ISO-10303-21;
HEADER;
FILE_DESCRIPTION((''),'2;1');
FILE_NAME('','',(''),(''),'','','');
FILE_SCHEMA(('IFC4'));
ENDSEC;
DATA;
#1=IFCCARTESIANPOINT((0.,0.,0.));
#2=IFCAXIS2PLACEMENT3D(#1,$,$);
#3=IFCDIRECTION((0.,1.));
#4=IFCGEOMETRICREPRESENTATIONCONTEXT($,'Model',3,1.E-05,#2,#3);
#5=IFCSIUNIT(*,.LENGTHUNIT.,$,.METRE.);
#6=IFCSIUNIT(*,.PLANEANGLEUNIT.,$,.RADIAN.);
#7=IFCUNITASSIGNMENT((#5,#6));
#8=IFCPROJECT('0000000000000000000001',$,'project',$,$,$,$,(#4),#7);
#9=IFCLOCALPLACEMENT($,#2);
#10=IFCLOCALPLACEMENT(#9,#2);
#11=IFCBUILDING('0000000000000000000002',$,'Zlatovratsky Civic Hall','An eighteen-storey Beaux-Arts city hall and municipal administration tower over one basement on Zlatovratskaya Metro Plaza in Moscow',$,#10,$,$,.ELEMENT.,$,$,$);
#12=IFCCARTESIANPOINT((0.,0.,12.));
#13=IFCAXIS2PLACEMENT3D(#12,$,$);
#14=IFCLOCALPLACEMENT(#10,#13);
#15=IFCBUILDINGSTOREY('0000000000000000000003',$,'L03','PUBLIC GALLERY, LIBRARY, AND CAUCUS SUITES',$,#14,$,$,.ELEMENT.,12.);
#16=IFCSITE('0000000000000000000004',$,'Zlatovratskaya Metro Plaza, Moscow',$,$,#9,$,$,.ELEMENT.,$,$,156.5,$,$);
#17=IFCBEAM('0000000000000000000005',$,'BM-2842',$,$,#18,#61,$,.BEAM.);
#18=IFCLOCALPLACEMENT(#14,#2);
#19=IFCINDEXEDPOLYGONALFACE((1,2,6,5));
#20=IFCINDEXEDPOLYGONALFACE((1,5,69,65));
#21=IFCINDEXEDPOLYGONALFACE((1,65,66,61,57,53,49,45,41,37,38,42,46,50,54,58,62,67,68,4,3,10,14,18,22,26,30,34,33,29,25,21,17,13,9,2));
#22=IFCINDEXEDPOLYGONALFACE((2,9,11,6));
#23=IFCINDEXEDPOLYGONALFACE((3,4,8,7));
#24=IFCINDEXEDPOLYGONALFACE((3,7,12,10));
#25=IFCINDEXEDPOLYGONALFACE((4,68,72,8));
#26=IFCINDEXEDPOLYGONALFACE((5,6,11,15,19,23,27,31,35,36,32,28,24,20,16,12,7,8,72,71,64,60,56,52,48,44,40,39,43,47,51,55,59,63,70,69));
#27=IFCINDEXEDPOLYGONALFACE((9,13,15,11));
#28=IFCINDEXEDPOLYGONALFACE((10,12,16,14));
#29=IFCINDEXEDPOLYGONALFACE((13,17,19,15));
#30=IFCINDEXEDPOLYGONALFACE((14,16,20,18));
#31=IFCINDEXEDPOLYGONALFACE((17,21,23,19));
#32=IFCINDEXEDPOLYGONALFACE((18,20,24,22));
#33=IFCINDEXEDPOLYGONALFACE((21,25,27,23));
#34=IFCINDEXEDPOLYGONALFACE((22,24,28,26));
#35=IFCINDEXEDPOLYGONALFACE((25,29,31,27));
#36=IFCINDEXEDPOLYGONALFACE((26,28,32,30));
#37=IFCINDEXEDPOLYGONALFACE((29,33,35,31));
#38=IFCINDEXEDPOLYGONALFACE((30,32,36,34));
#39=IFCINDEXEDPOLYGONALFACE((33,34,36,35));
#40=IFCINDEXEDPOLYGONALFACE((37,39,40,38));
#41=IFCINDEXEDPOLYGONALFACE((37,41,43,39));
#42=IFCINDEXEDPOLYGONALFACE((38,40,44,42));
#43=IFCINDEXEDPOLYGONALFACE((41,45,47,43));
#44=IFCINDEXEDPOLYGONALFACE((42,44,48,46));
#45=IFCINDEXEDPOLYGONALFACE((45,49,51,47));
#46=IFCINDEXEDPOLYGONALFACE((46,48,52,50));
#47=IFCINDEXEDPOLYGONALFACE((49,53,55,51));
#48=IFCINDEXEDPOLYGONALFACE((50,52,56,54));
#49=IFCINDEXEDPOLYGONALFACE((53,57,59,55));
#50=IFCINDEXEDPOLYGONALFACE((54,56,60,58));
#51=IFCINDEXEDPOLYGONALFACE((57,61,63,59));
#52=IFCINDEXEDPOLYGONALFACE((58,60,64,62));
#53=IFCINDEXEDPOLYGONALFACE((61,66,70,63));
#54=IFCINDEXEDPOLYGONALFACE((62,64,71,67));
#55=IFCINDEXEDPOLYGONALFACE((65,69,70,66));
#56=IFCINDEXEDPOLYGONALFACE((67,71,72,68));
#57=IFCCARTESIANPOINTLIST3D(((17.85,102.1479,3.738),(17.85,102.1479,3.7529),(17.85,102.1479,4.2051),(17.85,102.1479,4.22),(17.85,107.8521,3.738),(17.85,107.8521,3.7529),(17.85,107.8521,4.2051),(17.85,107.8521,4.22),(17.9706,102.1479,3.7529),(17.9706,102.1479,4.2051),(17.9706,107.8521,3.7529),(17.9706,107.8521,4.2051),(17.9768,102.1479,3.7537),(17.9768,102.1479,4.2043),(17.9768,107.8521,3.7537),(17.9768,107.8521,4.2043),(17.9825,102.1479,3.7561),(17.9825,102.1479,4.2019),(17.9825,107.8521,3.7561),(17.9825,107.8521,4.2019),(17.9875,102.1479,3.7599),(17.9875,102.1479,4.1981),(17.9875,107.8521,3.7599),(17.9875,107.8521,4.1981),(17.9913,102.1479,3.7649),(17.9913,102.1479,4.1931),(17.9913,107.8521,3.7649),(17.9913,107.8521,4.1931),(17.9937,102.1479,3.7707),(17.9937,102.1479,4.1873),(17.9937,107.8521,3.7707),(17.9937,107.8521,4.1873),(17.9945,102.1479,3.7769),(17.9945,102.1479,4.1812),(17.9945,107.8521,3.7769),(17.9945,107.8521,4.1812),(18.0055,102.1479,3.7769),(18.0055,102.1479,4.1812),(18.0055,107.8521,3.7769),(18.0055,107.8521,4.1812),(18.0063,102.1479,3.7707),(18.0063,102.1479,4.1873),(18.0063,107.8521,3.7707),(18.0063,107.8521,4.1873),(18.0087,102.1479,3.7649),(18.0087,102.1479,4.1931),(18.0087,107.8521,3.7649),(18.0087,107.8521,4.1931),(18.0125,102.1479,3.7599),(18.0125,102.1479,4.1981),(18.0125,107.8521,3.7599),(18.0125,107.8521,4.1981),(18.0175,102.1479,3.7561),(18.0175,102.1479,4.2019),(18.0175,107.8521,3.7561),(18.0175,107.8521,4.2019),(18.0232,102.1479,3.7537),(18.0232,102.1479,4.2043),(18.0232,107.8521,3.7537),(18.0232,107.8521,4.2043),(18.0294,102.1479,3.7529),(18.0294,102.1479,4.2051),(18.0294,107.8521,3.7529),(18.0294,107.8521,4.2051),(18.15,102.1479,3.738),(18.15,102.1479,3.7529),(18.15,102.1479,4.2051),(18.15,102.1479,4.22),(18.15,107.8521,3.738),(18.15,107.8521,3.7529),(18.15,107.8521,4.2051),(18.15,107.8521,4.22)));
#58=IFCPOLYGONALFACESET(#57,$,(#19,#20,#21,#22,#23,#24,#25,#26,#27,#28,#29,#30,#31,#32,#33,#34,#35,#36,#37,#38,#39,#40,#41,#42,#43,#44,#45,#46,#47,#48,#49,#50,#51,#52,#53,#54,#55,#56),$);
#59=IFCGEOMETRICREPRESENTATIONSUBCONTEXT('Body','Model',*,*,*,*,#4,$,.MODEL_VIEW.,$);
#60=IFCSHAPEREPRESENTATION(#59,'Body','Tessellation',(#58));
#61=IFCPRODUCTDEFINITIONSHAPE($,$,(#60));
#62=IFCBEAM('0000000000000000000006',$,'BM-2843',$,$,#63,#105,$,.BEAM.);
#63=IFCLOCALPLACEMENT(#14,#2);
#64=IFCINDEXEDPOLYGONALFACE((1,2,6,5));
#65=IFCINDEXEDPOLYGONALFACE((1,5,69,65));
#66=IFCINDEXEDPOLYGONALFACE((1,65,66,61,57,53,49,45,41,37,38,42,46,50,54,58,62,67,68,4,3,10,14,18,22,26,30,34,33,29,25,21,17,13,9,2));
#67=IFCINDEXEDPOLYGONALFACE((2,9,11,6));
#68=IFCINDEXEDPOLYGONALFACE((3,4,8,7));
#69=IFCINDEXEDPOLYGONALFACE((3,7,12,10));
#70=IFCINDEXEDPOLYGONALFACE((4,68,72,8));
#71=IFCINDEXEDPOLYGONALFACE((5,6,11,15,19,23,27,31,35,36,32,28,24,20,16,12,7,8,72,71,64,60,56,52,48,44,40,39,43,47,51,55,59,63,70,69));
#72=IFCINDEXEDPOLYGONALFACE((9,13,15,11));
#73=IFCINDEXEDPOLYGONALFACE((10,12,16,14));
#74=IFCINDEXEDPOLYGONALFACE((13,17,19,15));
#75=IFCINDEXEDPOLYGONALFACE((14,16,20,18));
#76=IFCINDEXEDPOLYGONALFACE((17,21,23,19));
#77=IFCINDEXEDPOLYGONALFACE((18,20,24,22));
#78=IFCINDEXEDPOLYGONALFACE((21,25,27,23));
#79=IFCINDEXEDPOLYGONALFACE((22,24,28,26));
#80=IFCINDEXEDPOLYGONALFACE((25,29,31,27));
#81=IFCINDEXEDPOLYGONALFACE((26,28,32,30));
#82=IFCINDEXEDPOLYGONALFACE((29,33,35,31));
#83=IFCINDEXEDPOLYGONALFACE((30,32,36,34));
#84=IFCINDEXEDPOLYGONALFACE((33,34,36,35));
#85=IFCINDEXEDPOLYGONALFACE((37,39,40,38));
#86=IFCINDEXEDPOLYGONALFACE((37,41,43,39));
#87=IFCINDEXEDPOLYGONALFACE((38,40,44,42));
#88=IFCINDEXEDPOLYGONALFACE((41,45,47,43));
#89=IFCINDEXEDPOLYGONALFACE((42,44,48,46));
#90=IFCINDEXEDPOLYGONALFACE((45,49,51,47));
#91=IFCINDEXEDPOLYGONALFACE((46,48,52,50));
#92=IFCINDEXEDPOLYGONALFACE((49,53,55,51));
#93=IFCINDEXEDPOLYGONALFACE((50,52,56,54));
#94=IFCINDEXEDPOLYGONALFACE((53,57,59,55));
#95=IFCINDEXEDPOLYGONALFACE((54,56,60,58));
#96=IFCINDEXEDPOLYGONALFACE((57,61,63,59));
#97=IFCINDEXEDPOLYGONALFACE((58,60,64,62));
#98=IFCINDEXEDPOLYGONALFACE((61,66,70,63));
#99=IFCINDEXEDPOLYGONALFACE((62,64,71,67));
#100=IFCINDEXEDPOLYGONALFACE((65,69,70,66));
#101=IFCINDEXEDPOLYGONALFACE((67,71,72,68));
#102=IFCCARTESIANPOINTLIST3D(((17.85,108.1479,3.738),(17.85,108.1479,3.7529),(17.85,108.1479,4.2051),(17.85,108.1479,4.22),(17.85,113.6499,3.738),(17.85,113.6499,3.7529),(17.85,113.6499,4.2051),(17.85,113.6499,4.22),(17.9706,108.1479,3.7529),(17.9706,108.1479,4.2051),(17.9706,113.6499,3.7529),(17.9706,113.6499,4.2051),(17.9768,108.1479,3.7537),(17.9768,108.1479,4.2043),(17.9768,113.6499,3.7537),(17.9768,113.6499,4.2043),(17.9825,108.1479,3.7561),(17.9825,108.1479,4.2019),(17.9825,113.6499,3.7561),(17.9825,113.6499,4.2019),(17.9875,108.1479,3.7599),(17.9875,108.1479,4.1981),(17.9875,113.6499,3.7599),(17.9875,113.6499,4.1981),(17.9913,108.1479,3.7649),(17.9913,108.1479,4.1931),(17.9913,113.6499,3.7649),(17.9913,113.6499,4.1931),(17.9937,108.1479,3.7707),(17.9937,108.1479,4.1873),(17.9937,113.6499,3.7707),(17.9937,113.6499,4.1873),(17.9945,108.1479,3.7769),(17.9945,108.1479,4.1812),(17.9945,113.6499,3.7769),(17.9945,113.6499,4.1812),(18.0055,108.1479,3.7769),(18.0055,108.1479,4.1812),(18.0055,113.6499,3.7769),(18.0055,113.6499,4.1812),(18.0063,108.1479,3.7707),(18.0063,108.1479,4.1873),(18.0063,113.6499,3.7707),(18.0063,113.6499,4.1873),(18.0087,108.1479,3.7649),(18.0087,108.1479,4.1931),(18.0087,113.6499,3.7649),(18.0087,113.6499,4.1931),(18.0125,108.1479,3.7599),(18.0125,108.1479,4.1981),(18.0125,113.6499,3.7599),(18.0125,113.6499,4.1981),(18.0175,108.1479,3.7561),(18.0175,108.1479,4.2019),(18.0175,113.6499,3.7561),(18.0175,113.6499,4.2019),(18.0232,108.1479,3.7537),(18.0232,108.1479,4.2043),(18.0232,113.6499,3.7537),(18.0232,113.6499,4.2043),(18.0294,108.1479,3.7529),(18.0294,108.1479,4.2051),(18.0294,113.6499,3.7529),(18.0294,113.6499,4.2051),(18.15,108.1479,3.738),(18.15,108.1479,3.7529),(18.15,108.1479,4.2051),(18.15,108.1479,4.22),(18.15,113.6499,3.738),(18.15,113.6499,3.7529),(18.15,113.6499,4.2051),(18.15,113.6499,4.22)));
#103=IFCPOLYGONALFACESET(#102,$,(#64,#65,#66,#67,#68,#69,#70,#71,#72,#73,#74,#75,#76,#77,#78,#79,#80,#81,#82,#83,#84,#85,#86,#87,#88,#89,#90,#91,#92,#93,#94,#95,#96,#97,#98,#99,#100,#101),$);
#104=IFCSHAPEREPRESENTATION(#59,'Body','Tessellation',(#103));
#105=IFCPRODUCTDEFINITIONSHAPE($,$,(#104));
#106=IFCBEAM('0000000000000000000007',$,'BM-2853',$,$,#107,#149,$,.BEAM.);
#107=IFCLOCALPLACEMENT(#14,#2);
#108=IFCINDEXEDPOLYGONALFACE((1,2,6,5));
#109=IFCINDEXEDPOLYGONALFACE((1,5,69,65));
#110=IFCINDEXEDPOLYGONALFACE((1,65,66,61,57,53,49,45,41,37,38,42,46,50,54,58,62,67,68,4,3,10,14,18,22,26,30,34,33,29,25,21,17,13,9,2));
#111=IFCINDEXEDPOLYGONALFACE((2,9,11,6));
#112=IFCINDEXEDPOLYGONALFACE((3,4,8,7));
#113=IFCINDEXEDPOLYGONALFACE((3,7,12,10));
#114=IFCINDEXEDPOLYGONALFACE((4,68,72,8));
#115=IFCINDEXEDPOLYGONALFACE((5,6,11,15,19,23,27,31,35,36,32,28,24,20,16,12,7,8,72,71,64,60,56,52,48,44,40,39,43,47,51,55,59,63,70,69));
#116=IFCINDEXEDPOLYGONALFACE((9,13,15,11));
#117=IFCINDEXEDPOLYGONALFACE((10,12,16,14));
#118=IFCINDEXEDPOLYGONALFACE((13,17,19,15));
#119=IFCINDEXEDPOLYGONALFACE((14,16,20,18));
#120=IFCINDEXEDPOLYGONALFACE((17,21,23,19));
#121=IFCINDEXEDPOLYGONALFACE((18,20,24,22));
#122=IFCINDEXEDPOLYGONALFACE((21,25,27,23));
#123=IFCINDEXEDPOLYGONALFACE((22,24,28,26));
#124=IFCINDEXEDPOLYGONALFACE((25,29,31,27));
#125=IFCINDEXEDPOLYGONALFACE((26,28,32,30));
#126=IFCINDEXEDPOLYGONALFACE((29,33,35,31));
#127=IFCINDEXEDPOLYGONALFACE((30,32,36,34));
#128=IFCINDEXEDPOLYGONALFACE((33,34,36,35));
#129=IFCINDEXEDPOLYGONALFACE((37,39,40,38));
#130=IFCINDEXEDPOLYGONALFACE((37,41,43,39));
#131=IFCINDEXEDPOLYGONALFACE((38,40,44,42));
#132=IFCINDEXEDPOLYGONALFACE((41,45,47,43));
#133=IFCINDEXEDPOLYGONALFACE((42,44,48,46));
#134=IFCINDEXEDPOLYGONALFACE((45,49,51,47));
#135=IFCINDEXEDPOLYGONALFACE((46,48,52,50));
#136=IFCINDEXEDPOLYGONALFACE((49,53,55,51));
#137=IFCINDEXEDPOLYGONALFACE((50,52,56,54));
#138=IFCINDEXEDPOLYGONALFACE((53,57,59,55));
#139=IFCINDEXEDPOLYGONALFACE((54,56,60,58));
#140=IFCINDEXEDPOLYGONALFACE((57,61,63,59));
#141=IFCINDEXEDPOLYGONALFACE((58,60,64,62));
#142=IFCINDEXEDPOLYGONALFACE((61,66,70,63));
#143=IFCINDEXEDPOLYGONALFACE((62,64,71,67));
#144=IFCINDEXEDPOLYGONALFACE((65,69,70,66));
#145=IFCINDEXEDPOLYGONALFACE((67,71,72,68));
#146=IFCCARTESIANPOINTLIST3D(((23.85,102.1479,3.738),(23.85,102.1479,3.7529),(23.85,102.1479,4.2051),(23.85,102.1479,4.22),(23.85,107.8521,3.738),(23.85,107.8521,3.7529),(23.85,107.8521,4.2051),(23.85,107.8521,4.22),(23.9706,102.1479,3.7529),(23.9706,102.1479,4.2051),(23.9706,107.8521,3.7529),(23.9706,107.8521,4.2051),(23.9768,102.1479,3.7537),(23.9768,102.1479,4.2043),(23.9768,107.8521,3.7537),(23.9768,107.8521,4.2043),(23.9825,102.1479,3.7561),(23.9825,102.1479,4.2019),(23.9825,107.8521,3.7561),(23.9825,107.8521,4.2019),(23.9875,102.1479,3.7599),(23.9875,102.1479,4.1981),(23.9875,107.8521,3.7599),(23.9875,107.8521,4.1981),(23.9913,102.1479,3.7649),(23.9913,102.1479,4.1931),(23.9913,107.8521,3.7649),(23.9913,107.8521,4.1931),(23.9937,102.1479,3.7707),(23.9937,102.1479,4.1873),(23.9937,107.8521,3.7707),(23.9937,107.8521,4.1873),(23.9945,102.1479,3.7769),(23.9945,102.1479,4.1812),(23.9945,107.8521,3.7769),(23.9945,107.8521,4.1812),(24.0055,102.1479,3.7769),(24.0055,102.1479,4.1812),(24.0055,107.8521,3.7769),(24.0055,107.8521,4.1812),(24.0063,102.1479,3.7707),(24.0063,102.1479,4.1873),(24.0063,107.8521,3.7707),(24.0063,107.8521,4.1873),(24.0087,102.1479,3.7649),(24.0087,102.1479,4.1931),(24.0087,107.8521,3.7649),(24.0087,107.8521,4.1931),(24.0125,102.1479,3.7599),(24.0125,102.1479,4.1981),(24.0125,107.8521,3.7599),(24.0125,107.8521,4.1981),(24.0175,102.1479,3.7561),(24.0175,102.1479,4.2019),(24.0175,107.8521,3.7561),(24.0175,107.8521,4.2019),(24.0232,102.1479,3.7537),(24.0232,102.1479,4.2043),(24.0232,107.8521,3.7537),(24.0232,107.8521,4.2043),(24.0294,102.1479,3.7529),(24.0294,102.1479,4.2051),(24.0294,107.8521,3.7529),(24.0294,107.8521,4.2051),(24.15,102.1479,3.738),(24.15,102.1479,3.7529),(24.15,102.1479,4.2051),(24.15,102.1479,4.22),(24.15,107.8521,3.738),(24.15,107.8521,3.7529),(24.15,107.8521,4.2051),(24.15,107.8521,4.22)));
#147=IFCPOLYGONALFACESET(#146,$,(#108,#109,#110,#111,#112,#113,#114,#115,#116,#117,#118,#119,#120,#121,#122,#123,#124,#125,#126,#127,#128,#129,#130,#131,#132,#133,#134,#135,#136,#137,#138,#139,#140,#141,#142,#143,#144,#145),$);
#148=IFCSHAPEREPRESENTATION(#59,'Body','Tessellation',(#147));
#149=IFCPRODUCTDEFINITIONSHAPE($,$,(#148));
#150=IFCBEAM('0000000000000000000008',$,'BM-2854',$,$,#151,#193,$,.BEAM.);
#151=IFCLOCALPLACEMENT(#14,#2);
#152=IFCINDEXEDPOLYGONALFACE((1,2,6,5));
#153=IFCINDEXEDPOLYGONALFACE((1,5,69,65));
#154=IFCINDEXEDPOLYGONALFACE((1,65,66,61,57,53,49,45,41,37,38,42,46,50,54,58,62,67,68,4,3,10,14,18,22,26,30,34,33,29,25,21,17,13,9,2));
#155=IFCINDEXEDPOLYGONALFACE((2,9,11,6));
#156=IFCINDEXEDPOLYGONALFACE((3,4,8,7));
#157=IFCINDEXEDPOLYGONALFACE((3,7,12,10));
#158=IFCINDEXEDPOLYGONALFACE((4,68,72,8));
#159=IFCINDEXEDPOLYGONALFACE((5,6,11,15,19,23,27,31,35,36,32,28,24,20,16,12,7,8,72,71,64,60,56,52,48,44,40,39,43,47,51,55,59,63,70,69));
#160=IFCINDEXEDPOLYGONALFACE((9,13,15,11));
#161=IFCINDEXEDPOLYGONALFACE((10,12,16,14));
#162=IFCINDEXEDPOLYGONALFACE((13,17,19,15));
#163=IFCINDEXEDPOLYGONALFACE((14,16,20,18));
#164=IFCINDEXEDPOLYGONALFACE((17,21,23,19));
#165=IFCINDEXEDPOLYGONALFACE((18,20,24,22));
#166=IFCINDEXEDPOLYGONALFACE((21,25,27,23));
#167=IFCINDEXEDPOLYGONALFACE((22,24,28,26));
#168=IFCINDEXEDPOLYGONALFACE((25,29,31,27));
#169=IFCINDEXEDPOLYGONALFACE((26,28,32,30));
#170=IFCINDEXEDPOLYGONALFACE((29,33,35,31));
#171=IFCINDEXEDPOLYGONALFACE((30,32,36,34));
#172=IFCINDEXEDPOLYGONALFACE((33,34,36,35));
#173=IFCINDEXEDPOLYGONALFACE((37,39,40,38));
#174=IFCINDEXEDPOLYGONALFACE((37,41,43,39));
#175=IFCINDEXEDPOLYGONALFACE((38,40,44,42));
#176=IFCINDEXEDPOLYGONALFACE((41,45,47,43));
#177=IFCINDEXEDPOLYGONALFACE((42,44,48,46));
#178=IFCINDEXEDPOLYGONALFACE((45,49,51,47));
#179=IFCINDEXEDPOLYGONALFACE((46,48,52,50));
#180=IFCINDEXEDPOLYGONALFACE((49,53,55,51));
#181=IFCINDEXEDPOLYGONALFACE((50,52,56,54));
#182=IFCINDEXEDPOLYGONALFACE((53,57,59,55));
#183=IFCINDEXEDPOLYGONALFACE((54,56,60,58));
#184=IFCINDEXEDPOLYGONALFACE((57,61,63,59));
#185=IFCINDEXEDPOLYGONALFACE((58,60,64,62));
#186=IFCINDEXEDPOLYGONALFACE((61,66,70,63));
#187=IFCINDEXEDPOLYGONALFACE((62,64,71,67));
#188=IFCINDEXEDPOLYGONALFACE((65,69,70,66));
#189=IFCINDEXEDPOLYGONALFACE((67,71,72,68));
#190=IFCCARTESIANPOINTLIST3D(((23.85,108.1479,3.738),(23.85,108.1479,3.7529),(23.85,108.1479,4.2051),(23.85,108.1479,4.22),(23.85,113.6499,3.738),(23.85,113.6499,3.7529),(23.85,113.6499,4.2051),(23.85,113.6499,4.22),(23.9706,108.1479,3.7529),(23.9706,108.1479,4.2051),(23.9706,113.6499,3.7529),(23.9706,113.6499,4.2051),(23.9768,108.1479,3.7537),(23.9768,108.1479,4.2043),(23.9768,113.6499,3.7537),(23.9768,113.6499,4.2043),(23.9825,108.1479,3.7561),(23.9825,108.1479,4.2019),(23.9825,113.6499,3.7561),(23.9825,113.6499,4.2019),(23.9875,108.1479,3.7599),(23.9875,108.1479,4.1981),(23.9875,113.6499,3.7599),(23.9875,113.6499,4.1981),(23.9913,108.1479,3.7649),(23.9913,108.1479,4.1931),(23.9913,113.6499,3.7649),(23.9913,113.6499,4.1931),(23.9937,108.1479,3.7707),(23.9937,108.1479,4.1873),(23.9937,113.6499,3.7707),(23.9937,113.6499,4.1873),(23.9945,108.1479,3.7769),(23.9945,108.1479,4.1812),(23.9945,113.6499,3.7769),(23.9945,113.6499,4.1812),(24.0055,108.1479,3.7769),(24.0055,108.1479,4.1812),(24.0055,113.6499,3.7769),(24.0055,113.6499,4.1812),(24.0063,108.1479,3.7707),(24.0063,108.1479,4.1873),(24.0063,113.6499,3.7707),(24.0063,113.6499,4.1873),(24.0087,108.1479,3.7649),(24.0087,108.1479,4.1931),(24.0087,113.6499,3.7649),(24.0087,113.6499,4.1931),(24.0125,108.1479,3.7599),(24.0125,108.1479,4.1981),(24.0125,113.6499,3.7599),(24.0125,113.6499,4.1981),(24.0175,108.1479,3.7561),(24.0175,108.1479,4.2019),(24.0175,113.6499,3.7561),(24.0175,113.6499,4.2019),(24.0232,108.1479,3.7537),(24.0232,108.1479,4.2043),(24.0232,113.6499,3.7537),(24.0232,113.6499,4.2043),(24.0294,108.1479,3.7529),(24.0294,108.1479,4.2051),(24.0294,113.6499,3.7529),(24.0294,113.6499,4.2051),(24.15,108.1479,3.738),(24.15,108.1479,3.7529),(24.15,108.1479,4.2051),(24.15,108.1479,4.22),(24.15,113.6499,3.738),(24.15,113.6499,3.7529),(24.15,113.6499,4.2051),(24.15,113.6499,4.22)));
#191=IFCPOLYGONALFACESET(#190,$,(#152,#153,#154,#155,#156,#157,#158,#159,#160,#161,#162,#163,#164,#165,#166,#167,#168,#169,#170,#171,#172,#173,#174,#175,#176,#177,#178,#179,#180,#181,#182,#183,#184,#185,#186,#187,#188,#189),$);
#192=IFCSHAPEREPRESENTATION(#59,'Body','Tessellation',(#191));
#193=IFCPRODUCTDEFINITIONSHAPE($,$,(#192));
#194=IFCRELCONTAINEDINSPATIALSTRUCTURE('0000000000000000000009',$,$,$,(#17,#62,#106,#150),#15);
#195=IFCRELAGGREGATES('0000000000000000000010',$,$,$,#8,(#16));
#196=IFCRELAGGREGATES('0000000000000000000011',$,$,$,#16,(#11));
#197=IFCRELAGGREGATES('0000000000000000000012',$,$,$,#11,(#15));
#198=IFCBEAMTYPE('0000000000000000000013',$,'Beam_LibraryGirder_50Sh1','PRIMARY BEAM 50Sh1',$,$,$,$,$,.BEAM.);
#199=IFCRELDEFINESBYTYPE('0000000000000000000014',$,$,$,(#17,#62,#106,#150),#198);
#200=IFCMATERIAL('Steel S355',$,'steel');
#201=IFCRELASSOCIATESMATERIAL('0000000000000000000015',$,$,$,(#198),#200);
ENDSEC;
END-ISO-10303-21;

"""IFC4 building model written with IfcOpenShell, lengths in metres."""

from ifc_helpers import new_model, si_unit, direction, frame, origin, origin_2d, place, context, subcontext, project, spatial, i_section, extrude, material, material_profile, profile_set, type_object, element, save


model = new_model("IFC4")

# Units and contexts
model_context = context("Model", 3, precision=1e-05, world=origin(), true_north=direction((0.0, 1.0)))
body_context = subcontext(model_context, "Body", "Model", "MODEL_VIEW")
ifc_project = project(units=[si_unit("LENGTHUNIT", "METRE"), si_unit("PLANEANGLEUNIT", "RADIAN")], contexts=[model_context])

# Site, building, storey
site_placement = place(None, origin())
site = spatial("IfcSite", under=ifc_project, at=site_placement, Name="Zlatovratskaya Metro Plaza, Moscow", CompositionType="ELEMENT", RefElevation=156.5)
building_placement = place(site_placement, origin())
building = spatial("IfcBuilding", under=site, at=building_placement, Name="Zlatovratsky Civic Hall", Description="An eighteen-storey Beaux-Arts city hall and municipal administration tower over one basement on Zlatovratskaya Metro Plaza in Moscow", CompositionType="ELEMENT")
storey_placement = place(building_placement, frame((0.0, 0.0, 12.0)))
storey = spatial("IfcBuildingStorey", under=building, at=storey_placement, Name="L03", Description="PUBLIC GALLERY, LIBRARY, AND CAUCUS SUITES", CompositionType="ELEMENT", Elevation=12.0)

# Shared definitions
ifc_material_1 = material(Name="Steel S355", Category="steel")

# Beams
ifc_material_profile_1 = material_profile(ifc_material_1, i_section(OverallWidth=0.3, OverallDepth=0.4819, WebThickness=0.011, FlangeThickness=0.0149, FilletRadius=0.0239, at=origin_2d()), Name="50Sh1")
ifc_profile_set_1 = profile_set([ifc_material_profile_1], Name="Steel S355")
beam_type_1 = type_object("IfcBeamType", Name="Beam_LibraryGirder_50Sh1", Description="PRIMARY BEAM 50Sh1", PredefinedType="BEAM", material=ifc_profile_set_1)
beam_1_placement = place(storey_placement, frame((18.0, 102.1479, 3.979), z_axis=(0.0, 1.0, 0.0), x_axis=(-1.0, 0.0, 0.0)))
element("IfcBeam", 1, at=beam_1_placement, inside=storey, type_object=beam_type_1, Name="BM-2842", PredefinedType="BEAM", context=body_context, shape_type="SweptSolid", body=[
    extrude(i_section(OverallWidth=0.3, OverallDepth=0.4819, WebThickness=0.011, FlangeThickness=0.0149, FilletRadius=0.0239, at=origin_2d()), origin(), (0.0, 0.0, 1.0), 5.7041),
])
beam_2_placement = place(storey_placement, frame((18.0, 108.1479, 3.979), z_axis=(0.0, 1.0, 0.0), x_axis=(-1.0, 0.0, 0.0)))
element("IfcBeam", 2, at=beam_2_placement, inside=storey, type_object=beam_type_1, Name="BM-2843", PredefinedType="BEAM", context=body_context, shape_type="SweptSolid", body=[
    extrude(i_section(OverallWidth=0.3, OverallDepth=0.4819, WebThickness=0.011, FlangeThickness=0.0149, FilletRadius=0.0239, at=origin_2d()), origin(), (0.0, 0.0, 1.0), 5.502),
])
beam_3_placement = place(storey_placement, frame((24.0, 102.1479, 3.979), z_axis=(0.0, 1.0, 0.0), x_axis=(-1.0, 0.0, 0.0)))
element("IfcBeam", 3, at=beam_3_placement, inside=storey, type_object=beam_type_1, Name="BM-2853", PredefinedType="BEAM", context=body_context, shape_type="SweptSolid", body=[
    extrude(i_section(OverallWidth=0.3, OverallDepth=0.4819, WebThickness=0.011, FlangeThickness=0.0149, FilletRadius=0.0239, at=origin_2d()), origin(), (0.0, 0.0, 1.0), 5.7041),
])
beam_4_placement = place(storey_placement, frame((24.0, 108.1479, 3.979), z_axis=(0.0, 1.0, 0.0), x_axis=(-1.0, 0.0, 0.0)))
element("IfcBeam", 4, at=beam_4_placement, inside=storey, type_object=beam_type_1, Name="BM-2854", PredefinedType="BEAM", context=body_context, shape_type="SweptSolid", body=[
    extrude(i_section(OverallWidth=0.3, OverallDepth=0.4819, WebThickness=0.011, FlangeThickness=0.0149, FilletRadius=0.0239, at=origin_2d()), origin(), (0.0, 0.0, 1.0), 5.502),
])

save(model, "model.ifc")
